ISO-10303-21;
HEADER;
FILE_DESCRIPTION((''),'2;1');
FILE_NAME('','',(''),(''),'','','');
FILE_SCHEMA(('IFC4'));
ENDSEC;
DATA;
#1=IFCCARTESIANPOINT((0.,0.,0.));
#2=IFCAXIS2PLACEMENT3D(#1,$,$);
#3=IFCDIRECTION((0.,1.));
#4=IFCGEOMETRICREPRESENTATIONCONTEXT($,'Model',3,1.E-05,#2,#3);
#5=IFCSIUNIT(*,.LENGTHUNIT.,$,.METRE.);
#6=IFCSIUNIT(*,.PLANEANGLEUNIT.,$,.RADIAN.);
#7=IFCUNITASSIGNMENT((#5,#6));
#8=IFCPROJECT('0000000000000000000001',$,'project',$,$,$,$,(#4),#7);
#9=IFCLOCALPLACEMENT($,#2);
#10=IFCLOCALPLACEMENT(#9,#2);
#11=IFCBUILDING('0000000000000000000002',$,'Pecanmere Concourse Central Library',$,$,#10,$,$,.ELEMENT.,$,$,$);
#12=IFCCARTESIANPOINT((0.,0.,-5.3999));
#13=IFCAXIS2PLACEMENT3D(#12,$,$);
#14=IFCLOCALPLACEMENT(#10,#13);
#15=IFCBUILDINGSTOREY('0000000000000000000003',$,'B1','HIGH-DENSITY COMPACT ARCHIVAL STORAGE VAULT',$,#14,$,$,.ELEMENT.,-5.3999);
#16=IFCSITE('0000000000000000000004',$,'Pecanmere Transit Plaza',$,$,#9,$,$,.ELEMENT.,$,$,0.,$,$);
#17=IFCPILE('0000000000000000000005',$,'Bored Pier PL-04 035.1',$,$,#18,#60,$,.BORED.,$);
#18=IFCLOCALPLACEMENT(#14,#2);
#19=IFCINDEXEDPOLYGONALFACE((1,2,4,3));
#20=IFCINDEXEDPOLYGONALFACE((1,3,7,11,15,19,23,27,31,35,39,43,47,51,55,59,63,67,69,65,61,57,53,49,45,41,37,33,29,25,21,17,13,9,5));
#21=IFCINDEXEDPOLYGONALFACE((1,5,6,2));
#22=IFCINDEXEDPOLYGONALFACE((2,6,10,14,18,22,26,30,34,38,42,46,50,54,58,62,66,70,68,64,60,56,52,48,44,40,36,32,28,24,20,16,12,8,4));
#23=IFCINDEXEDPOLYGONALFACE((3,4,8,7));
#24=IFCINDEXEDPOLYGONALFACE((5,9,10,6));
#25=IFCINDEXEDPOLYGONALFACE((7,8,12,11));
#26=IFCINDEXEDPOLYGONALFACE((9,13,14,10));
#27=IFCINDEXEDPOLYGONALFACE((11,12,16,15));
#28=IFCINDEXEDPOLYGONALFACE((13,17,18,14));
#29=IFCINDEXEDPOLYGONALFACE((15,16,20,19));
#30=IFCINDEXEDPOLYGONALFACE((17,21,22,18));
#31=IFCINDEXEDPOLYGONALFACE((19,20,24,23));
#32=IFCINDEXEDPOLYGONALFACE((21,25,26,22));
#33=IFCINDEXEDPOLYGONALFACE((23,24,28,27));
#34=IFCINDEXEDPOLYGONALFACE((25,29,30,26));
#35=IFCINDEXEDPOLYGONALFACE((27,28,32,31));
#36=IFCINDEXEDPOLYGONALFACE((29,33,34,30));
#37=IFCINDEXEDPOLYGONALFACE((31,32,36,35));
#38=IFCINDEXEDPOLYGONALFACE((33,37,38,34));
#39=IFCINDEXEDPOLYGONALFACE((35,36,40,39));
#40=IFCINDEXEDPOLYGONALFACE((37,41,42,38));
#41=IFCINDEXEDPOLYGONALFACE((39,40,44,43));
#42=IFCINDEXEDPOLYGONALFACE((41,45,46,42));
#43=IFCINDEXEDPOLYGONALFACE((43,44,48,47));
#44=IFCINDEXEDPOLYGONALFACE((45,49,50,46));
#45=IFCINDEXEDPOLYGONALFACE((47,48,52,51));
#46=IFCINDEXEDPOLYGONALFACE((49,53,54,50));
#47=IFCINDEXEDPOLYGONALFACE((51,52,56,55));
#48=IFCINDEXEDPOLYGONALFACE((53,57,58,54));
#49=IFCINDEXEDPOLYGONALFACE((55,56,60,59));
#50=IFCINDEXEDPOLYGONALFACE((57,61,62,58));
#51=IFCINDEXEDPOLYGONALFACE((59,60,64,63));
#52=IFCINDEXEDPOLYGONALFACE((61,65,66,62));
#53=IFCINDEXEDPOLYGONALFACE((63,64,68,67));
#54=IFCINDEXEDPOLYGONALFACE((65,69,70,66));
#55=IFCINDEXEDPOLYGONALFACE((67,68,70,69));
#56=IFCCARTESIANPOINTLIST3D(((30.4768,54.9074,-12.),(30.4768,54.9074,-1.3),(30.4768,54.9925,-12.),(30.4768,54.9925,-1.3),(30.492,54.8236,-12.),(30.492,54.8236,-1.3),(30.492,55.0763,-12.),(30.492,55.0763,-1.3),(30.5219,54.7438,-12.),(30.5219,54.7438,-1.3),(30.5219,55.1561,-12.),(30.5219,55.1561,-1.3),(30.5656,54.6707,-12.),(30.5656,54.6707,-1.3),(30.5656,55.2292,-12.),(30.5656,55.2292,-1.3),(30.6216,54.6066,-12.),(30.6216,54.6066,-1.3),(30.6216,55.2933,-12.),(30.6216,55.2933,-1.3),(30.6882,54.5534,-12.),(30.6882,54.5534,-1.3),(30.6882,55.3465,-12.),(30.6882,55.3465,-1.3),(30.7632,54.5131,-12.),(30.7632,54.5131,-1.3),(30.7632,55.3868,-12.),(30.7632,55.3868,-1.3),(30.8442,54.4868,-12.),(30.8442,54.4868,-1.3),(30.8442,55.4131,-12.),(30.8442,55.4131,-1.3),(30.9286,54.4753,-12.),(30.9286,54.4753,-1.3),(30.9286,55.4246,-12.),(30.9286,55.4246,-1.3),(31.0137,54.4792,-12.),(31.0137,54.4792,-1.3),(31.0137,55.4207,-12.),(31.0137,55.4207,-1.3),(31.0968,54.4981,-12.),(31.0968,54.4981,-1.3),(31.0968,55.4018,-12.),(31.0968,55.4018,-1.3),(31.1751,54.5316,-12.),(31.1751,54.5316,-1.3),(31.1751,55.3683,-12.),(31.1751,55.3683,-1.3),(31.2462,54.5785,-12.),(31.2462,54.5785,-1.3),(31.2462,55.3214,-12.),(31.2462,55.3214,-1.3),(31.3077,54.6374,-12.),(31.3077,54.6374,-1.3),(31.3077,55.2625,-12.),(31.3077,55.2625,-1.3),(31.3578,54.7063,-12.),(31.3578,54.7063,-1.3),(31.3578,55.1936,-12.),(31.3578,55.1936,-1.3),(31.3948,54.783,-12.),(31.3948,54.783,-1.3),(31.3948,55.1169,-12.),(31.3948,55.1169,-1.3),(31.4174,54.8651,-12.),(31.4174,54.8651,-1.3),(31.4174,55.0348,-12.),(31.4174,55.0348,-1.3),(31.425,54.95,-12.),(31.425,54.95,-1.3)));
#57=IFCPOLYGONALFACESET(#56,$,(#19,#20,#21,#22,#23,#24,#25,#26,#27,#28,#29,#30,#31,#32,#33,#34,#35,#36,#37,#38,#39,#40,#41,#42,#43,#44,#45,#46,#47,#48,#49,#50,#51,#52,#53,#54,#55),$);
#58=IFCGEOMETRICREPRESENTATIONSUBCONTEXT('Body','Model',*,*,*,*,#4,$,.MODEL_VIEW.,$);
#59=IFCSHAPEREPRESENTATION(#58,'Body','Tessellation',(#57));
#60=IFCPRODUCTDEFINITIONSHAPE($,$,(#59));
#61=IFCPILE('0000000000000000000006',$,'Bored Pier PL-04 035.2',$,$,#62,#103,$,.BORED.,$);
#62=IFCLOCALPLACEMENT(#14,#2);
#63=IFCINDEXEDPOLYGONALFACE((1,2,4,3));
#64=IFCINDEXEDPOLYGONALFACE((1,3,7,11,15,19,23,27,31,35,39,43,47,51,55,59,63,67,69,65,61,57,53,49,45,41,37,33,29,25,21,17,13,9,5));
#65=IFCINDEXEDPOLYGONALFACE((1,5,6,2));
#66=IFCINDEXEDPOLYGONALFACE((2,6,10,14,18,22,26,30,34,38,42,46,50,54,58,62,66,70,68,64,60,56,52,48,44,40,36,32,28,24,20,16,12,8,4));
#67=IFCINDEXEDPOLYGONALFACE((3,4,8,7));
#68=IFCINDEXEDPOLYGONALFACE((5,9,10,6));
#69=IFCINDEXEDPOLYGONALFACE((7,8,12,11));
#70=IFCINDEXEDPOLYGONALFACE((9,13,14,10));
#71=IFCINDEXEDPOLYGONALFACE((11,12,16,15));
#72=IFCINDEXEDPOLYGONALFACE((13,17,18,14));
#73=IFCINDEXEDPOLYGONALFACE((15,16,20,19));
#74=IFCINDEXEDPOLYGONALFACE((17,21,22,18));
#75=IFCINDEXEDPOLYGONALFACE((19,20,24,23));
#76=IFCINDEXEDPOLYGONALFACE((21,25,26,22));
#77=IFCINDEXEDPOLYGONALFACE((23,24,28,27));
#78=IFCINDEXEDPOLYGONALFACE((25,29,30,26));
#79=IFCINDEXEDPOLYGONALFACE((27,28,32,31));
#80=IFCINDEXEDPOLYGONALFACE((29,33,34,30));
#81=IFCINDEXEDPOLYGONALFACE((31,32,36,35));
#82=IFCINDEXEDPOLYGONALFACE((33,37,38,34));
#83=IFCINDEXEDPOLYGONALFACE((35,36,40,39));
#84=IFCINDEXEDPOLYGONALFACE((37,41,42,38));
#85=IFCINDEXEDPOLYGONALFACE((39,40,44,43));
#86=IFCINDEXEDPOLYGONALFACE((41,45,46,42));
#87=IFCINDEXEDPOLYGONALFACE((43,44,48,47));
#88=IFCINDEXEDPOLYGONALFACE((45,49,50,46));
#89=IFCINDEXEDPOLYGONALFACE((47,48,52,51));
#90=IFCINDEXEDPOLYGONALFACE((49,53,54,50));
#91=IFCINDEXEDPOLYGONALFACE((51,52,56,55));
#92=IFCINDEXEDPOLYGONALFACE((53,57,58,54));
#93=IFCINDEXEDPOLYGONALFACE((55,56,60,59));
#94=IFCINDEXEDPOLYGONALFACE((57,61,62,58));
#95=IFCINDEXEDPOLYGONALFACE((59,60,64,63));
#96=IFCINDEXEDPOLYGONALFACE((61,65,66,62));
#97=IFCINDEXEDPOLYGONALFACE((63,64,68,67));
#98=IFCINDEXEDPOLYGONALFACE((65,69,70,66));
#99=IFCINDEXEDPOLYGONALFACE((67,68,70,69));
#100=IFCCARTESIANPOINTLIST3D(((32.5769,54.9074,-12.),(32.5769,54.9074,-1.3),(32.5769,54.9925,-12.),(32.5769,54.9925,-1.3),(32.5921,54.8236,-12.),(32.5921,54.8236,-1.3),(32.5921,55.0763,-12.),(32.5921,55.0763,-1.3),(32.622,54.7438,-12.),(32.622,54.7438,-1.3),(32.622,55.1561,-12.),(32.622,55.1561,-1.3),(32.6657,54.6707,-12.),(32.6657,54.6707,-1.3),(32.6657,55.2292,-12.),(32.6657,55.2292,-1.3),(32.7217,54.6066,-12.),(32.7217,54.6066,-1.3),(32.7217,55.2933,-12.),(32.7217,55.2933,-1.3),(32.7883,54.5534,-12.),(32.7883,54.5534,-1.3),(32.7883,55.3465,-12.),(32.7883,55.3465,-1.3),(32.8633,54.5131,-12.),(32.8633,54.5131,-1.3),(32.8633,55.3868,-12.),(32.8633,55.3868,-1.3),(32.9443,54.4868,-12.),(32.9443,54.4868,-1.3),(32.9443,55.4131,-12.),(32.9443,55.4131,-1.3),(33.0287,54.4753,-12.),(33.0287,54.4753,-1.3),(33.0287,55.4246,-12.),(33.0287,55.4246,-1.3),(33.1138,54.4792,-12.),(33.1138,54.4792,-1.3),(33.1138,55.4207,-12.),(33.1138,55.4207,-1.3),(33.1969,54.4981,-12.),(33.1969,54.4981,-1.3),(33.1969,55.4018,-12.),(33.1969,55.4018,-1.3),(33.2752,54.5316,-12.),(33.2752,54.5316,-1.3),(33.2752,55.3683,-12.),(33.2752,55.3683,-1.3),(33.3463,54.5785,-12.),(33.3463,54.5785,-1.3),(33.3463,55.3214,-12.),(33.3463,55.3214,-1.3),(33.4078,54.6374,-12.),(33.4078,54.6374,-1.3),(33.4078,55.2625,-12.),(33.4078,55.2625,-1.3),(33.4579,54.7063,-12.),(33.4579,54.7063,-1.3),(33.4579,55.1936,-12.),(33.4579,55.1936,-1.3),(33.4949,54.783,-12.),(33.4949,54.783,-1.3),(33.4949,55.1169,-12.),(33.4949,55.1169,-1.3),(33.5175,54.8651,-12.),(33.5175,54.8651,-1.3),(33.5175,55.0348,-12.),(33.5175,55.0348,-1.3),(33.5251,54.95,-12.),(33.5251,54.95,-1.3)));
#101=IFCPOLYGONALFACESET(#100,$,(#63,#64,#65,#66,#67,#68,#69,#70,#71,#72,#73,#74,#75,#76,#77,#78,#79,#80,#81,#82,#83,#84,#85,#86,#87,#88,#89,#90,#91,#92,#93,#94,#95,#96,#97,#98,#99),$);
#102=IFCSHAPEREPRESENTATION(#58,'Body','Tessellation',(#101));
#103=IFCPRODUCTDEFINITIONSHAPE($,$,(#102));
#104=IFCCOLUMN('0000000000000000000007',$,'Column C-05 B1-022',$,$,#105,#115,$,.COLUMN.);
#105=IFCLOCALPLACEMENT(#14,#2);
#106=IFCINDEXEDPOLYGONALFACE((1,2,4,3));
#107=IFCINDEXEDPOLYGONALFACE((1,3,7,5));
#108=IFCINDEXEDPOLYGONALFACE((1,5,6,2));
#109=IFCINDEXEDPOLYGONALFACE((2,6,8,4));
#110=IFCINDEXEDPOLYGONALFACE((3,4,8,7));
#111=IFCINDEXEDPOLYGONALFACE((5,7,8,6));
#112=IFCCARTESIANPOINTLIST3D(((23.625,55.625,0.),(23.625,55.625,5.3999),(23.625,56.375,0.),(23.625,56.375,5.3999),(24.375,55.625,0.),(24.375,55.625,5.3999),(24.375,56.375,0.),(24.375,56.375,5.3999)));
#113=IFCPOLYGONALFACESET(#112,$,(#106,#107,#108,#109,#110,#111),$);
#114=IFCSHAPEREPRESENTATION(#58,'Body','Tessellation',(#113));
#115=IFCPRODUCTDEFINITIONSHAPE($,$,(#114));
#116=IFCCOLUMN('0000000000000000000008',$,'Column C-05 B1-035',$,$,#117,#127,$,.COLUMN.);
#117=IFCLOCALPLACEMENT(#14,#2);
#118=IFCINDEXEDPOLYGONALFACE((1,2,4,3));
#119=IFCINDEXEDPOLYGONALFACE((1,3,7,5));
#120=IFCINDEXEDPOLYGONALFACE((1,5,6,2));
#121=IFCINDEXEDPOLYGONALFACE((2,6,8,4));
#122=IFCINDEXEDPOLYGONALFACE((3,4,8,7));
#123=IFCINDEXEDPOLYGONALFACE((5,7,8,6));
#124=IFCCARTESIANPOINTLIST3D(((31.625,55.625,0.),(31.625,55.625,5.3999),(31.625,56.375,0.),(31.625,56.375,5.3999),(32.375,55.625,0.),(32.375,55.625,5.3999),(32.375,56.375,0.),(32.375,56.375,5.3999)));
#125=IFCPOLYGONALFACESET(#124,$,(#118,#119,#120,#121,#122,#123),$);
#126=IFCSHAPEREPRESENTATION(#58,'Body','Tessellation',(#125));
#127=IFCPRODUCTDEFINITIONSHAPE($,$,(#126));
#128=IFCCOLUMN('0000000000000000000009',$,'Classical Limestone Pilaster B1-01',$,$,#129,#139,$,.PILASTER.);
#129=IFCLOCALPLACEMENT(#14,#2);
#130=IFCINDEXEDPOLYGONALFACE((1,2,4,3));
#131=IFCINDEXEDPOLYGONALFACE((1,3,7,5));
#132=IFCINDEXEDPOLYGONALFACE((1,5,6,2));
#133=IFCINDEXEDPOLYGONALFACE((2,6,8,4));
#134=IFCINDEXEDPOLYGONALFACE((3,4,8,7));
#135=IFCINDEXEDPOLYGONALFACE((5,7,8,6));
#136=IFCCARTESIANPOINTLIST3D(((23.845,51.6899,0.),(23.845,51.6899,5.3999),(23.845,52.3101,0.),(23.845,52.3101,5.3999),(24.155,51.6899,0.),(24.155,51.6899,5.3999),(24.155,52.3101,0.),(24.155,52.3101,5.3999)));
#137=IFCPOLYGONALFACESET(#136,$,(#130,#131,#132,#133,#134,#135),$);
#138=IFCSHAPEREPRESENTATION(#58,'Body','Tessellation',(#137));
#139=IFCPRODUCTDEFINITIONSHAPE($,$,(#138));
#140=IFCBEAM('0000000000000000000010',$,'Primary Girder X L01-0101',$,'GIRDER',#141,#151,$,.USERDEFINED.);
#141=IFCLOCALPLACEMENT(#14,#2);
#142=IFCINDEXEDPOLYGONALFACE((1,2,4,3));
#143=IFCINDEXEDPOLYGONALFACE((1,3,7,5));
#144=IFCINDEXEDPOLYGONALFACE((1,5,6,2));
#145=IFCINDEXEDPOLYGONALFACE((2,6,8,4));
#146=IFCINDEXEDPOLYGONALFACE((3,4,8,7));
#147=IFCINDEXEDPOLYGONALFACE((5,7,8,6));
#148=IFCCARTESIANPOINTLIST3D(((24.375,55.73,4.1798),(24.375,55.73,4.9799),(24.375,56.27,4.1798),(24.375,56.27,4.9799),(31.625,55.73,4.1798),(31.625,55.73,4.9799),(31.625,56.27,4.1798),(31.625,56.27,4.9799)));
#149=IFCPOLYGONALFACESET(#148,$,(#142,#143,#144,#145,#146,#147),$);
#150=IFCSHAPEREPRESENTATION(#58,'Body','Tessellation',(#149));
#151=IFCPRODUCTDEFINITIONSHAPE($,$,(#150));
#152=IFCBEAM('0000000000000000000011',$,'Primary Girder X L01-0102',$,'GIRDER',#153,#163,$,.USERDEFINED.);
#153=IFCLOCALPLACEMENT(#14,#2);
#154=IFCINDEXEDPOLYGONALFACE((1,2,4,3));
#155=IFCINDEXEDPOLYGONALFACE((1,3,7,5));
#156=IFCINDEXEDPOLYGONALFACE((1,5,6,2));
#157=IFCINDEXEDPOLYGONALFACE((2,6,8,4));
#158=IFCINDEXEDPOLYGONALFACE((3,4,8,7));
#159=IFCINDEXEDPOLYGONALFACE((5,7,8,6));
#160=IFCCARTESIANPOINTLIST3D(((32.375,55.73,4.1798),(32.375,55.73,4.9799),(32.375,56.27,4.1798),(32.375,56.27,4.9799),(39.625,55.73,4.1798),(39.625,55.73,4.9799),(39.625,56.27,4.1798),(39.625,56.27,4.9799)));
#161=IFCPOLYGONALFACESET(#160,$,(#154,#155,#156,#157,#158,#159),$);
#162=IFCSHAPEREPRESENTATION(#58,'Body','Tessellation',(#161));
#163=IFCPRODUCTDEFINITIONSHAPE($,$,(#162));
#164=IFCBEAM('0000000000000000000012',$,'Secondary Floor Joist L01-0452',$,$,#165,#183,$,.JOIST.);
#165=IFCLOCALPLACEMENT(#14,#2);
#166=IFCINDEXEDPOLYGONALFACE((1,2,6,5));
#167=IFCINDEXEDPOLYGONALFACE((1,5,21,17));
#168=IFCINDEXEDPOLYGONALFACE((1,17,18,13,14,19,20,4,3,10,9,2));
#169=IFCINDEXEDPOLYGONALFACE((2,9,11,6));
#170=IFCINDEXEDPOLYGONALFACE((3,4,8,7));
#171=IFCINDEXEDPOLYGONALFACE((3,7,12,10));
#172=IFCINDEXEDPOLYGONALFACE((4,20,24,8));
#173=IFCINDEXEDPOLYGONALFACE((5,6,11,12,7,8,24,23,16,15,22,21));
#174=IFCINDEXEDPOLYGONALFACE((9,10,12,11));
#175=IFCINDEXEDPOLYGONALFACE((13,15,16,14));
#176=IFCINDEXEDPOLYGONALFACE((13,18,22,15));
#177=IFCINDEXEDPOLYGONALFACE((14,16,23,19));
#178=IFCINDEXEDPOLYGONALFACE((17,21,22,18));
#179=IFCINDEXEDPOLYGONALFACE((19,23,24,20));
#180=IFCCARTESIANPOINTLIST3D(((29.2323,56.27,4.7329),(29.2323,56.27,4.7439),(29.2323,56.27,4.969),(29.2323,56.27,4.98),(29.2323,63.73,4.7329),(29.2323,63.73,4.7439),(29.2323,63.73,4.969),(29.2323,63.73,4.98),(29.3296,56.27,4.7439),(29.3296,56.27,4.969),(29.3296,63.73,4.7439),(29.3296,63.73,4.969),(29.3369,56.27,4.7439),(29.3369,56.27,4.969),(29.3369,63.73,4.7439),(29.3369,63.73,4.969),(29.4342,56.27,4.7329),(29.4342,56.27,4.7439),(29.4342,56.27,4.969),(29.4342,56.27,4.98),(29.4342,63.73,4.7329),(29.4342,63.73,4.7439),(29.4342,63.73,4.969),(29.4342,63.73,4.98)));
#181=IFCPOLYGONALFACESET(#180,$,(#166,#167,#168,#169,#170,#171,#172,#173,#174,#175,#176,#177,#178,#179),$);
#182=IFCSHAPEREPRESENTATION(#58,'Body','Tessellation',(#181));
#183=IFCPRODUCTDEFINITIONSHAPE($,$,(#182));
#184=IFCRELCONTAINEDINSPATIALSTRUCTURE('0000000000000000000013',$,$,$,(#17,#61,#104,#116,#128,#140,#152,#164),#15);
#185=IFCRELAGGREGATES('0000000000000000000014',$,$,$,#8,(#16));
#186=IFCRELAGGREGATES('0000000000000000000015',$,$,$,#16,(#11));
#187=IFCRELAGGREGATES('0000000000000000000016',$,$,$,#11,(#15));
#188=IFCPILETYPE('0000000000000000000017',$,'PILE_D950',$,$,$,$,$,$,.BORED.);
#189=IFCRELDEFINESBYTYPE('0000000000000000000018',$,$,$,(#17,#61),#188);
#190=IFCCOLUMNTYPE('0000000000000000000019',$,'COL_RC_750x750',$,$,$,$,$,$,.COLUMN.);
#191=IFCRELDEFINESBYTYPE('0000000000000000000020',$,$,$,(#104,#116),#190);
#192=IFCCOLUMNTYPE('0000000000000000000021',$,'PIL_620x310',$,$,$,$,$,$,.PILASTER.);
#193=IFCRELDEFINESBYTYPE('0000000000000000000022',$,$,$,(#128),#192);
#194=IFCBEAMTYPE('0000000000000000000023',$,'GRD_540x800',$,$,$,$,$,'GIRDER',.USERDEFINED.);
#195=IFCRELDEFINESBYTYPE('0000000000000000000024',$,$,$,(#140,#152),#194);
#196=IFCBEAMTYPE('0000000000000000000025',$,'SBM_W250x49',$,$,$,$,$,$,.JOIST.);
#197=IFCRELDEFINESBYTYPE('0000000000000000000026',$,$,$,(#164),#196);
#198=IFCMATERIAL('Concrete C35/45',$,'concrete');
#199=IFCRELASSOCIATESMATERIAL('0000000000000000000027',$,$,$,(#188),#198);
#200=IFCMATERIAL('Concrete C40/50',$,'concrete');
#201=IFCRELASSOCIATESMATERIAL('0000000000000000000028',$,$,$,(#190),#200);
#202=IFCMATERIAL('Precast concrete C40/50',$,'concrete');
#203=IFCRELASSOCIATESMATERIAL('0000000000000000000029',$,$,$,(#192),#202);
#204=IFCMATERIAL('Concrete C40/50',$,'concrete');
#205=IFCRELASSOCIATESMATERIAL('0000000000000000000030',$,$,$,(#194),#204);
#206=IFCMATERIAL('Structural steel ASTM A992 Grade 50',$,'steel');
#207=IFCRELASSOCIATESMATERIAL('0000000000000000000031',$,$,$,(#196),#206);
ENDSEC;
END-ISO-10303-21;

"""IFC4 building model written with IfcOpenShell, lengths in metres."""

from ifc_helpers import new_model, si_unit, direction, frame, origin, origin_2d, place, context, subcontext, project, spatial, rectangle, circle, i_section, extrude, material, material_profile, profile_set, type_object, element, save


model = new_model("IFC4")

# Units and contexts
model_context = context("Model", 3, precision=1e-05, world=origin(), true_north=direction((0.0, 1.0)))
body_context = subcontext(model_context, "Body", "Model", "MODEL_VIEW")
ifc_project = project(units=[si_unit("LENGTHUNIT", "METRE"), si_unit("PLANEANGLEUNIT", "RADIAN")], contexts=[model_context])

# Site, building, storey
site_placement = place(None, origin())
site = spatial("IfcSite", under=ifc_project, at=site_placement, Name="Pecanmere Transit Plaza", CompositionType="ELEMENT", RefElevation=0.0)
building_placement = place(site_placement, origin())
building = spatial("IfcBuilding", under=site, at=building_placement, Name="Pecanmere Concourse Central Library", CompositionType="ELEMENT")
storey_placement = place(building_placement, frame((0.0, 0.0, -5.3999)))
storey = spatial("IfcBuildingStorey", under=building, at=storey_placement, Name="B1", Description="HIGH-DENSITY COMPACT ARCHIVAL STORAGE VAULT", CompositionType="ELEMENT", Elevation=-5.3999)

# Piles
ifc_material_1 = material(Name="Concrete C35/45", Category="concrete")
ifc_material_profile_1 = material_profile(ifc_material_1, circle(Radius=0.4751, at=origin_2d()), Name="PIER D950")
ifc_profile_set_1 = profile_set([ifc_material_profile_1], Name="Concrete C35/45")
pile_type = type_object("IfcPileType", Name="PILE_D950", PredefinedType="BORED", material=ifc_profile_set_1)
for number, where, z_axis, x_axis, name in (
    (1, (30.95, 54.95, -1.3), (0.0, 0.0, -1.0), (1.0, 0.0, 0.0), "Bored Pier PL-04 035.1"),
    (2, (33.05, 54.95, -1.3), (0.0, 0.0, -1.0), (1.0, 0.0, 0.0), "Bored Pier PL-04 035.2"),
):
    element("IfcPile", number, at=place(storey_placement, frame(where, z_axis=z_axis, x_axis=x_axis)), inside=storey, type_object=pile_type, Name=name, PredefinedType="BORED", context=body_context, shape_type="SweptSolid", body=[
        extrude(circle(Radius=0.4751, at=origin_2d()), origin(), (0.0, 0.0, 1.0), 10.7),
    ])

# Columns
ifc_material_2 = material(Name="Concrete C40/50", Category="concrete")
ifc_material_profile_2 = material_profile(ifc_material_2, rectangle(XDim=0.75, YDim=0.75, at=origin_2d()), Name="RC 750x750")
ifc_profile_set_2 = profile_set([ifc_material_profile_2], Name="Concrete C40/50")
column_type_1 = type_object("IfcColumnType", Name="COL_RC_750x750", PredefinedType="COLUMN", material=ifc_profile_set_2)
for number, where, z_axis, x_axis, name in (
    (3, (24.0, 56.0, 0.0), (0.0, 0.0, 1.0), (1.0, 0.0, 0.0), "Column C-05 B1-022"),
    (4, (32.0, 56.0, 0.0), (0.0, 0.0, 1.0), (1.0, 0.0, 0.0), "Column C-05 B1-035"),
):
    element("IfcColumn", number, at=place(storey_placement, frame(where, z_axis=z_axis, x_axis=x_axis)), inside=storey, type_object=column_type_1, Name=name, PredefinedType="COLUMN", context=body_context, shape_type="SweptSolid", body=[
        extrude(rectangle(XDim=0.75, YDim=0.75, at=origin_2d()), origin(), (0.0, 0.0, 1.0), 5.3999),
    ])
ifc_material_3 = material(Name="Precast concrete C40/50", Category="concrete")
ifc_material_profile_3 = material_profile(ifc_material_3, rectangle(XDim=0.6201, YDim=0.3101, at=origin_2d()), Name="RC 620x310")
ifc_profile_set_3 = profile_set([ifc_material_profile_3], Name="Precast concrete C40/50")
column_type_2 = type_object("IfcColumnType", Name="PIL_620x310", PredefinedType="PILASTER", material=ifc_profile_set_3)
column_placement = place(storey_placement, frame((24.0, 52.0, 0.0), z_axis=(0.0, 0.0, 1.0), x_axis=(0.0, 1.0, 0.0)))
element("IfcColumn", 5, at=column_placement, inside=storey, type_object=column_type_2, Name="Classical Limestone Pilaster B1-01", PredefinedType="PILASTER", context=body_context, shape_type="SweptSolid", body=[
    extrude(rectangle(XDim=0.6201, YDim=0.3101, at=origin_2d()), origin(), (0.0, 0.0, 1.0), 5.3999),
])

# Beams
ifc_material_4 = material(Name="Concrete C40/50", Category="concrete")
ifc_material_profile_4 = material_profile(ifc_material_4, rectangle(XDim=0.54, YDim=0.8, at=origin_2d()), Name="RC 540x800")
ifc_profile_set_4 = profile_set([ifc_material_profile_4], Name="Concrete C40/50")
beam_type_1 = type_object("IfcBeamType", Name="GRD_540x800", ElementType="GIRDER", PredefinedType="USERDEFINED", material=ifc_profile_set_4)
for number, where, z_axis, x_axis, name in (
    (6, (24.375, 56.0, 4.5798), (1.0, 0.0, 0.0), (0.0, 1.0, 0.0), "Primary Girder X L01-0101"),
    (7, (32.375, 56.0, 4.5798), (1.0, 0.0, 0.0), (0.0, 1.0, 0.0), "Primary Girder X L01-0102"),
):
    element("IfcBeam", number, at=place(storey_placement, frame(where, z_axis=z_axis, x_axis=x_axis)), inside=storey, type_object=beam_type_1, Name=name, ObjectType="GIRDER", PredefinedType="USERDEFINED", context=body_context, shape_type="SweptSolid", body=[
        extrude(rectangle(XDim=0.54, YDim=0.8, at=origin_2d()), origin(), (0.0, 0.0, 1.0), 7.25),
    ])
ifc_material_5 = material(Name="Structural steel ASTM A992 Grade 50", Category="steel")
ifc_material_profile_5 = material_profile(ifc_material_5, i_section(OverallWidth=0.2019, OverallDepth=0.2471, WebThickness=0.0073, FlangeThickness=0.011, at=origin_2d()), Name="W250x49.1")
ifc_profile_set_5 = profile_set([ifc_material_profile_5], Name="Structural steel ASTM A992 Grade 50")
beam_type_2 = type_object("IfcBeamType", Name="SBM_W250x49", PredefinedType="JOIST", material=ifc_profile_set_5)
beam_1_placement = place(storey_placement, frame((29.3333, 56.27, 4.8564), z_axis=(0.0, 1.0, 0.0), x_axis=(-1.0, 0.0, 0.0)))
element("IfcBeam", 8, at=beam_1_placement, inside=storey, type_object=beam_type_2, Name="Secondary Floor Joist L01-0452", PredefinedType="JOIST", context=body_context, shape_type="SweptSolid", body=[
    extrude(i_section(OverallWidth=0.2019, OverallDepth=0.2471, WebThickness=0.0073, FlangeThickness=0.011, at=origin_2d()), origin(), (0.0, 0.0, 1.0), 7.46),
])

save(model, "model.ifc")
